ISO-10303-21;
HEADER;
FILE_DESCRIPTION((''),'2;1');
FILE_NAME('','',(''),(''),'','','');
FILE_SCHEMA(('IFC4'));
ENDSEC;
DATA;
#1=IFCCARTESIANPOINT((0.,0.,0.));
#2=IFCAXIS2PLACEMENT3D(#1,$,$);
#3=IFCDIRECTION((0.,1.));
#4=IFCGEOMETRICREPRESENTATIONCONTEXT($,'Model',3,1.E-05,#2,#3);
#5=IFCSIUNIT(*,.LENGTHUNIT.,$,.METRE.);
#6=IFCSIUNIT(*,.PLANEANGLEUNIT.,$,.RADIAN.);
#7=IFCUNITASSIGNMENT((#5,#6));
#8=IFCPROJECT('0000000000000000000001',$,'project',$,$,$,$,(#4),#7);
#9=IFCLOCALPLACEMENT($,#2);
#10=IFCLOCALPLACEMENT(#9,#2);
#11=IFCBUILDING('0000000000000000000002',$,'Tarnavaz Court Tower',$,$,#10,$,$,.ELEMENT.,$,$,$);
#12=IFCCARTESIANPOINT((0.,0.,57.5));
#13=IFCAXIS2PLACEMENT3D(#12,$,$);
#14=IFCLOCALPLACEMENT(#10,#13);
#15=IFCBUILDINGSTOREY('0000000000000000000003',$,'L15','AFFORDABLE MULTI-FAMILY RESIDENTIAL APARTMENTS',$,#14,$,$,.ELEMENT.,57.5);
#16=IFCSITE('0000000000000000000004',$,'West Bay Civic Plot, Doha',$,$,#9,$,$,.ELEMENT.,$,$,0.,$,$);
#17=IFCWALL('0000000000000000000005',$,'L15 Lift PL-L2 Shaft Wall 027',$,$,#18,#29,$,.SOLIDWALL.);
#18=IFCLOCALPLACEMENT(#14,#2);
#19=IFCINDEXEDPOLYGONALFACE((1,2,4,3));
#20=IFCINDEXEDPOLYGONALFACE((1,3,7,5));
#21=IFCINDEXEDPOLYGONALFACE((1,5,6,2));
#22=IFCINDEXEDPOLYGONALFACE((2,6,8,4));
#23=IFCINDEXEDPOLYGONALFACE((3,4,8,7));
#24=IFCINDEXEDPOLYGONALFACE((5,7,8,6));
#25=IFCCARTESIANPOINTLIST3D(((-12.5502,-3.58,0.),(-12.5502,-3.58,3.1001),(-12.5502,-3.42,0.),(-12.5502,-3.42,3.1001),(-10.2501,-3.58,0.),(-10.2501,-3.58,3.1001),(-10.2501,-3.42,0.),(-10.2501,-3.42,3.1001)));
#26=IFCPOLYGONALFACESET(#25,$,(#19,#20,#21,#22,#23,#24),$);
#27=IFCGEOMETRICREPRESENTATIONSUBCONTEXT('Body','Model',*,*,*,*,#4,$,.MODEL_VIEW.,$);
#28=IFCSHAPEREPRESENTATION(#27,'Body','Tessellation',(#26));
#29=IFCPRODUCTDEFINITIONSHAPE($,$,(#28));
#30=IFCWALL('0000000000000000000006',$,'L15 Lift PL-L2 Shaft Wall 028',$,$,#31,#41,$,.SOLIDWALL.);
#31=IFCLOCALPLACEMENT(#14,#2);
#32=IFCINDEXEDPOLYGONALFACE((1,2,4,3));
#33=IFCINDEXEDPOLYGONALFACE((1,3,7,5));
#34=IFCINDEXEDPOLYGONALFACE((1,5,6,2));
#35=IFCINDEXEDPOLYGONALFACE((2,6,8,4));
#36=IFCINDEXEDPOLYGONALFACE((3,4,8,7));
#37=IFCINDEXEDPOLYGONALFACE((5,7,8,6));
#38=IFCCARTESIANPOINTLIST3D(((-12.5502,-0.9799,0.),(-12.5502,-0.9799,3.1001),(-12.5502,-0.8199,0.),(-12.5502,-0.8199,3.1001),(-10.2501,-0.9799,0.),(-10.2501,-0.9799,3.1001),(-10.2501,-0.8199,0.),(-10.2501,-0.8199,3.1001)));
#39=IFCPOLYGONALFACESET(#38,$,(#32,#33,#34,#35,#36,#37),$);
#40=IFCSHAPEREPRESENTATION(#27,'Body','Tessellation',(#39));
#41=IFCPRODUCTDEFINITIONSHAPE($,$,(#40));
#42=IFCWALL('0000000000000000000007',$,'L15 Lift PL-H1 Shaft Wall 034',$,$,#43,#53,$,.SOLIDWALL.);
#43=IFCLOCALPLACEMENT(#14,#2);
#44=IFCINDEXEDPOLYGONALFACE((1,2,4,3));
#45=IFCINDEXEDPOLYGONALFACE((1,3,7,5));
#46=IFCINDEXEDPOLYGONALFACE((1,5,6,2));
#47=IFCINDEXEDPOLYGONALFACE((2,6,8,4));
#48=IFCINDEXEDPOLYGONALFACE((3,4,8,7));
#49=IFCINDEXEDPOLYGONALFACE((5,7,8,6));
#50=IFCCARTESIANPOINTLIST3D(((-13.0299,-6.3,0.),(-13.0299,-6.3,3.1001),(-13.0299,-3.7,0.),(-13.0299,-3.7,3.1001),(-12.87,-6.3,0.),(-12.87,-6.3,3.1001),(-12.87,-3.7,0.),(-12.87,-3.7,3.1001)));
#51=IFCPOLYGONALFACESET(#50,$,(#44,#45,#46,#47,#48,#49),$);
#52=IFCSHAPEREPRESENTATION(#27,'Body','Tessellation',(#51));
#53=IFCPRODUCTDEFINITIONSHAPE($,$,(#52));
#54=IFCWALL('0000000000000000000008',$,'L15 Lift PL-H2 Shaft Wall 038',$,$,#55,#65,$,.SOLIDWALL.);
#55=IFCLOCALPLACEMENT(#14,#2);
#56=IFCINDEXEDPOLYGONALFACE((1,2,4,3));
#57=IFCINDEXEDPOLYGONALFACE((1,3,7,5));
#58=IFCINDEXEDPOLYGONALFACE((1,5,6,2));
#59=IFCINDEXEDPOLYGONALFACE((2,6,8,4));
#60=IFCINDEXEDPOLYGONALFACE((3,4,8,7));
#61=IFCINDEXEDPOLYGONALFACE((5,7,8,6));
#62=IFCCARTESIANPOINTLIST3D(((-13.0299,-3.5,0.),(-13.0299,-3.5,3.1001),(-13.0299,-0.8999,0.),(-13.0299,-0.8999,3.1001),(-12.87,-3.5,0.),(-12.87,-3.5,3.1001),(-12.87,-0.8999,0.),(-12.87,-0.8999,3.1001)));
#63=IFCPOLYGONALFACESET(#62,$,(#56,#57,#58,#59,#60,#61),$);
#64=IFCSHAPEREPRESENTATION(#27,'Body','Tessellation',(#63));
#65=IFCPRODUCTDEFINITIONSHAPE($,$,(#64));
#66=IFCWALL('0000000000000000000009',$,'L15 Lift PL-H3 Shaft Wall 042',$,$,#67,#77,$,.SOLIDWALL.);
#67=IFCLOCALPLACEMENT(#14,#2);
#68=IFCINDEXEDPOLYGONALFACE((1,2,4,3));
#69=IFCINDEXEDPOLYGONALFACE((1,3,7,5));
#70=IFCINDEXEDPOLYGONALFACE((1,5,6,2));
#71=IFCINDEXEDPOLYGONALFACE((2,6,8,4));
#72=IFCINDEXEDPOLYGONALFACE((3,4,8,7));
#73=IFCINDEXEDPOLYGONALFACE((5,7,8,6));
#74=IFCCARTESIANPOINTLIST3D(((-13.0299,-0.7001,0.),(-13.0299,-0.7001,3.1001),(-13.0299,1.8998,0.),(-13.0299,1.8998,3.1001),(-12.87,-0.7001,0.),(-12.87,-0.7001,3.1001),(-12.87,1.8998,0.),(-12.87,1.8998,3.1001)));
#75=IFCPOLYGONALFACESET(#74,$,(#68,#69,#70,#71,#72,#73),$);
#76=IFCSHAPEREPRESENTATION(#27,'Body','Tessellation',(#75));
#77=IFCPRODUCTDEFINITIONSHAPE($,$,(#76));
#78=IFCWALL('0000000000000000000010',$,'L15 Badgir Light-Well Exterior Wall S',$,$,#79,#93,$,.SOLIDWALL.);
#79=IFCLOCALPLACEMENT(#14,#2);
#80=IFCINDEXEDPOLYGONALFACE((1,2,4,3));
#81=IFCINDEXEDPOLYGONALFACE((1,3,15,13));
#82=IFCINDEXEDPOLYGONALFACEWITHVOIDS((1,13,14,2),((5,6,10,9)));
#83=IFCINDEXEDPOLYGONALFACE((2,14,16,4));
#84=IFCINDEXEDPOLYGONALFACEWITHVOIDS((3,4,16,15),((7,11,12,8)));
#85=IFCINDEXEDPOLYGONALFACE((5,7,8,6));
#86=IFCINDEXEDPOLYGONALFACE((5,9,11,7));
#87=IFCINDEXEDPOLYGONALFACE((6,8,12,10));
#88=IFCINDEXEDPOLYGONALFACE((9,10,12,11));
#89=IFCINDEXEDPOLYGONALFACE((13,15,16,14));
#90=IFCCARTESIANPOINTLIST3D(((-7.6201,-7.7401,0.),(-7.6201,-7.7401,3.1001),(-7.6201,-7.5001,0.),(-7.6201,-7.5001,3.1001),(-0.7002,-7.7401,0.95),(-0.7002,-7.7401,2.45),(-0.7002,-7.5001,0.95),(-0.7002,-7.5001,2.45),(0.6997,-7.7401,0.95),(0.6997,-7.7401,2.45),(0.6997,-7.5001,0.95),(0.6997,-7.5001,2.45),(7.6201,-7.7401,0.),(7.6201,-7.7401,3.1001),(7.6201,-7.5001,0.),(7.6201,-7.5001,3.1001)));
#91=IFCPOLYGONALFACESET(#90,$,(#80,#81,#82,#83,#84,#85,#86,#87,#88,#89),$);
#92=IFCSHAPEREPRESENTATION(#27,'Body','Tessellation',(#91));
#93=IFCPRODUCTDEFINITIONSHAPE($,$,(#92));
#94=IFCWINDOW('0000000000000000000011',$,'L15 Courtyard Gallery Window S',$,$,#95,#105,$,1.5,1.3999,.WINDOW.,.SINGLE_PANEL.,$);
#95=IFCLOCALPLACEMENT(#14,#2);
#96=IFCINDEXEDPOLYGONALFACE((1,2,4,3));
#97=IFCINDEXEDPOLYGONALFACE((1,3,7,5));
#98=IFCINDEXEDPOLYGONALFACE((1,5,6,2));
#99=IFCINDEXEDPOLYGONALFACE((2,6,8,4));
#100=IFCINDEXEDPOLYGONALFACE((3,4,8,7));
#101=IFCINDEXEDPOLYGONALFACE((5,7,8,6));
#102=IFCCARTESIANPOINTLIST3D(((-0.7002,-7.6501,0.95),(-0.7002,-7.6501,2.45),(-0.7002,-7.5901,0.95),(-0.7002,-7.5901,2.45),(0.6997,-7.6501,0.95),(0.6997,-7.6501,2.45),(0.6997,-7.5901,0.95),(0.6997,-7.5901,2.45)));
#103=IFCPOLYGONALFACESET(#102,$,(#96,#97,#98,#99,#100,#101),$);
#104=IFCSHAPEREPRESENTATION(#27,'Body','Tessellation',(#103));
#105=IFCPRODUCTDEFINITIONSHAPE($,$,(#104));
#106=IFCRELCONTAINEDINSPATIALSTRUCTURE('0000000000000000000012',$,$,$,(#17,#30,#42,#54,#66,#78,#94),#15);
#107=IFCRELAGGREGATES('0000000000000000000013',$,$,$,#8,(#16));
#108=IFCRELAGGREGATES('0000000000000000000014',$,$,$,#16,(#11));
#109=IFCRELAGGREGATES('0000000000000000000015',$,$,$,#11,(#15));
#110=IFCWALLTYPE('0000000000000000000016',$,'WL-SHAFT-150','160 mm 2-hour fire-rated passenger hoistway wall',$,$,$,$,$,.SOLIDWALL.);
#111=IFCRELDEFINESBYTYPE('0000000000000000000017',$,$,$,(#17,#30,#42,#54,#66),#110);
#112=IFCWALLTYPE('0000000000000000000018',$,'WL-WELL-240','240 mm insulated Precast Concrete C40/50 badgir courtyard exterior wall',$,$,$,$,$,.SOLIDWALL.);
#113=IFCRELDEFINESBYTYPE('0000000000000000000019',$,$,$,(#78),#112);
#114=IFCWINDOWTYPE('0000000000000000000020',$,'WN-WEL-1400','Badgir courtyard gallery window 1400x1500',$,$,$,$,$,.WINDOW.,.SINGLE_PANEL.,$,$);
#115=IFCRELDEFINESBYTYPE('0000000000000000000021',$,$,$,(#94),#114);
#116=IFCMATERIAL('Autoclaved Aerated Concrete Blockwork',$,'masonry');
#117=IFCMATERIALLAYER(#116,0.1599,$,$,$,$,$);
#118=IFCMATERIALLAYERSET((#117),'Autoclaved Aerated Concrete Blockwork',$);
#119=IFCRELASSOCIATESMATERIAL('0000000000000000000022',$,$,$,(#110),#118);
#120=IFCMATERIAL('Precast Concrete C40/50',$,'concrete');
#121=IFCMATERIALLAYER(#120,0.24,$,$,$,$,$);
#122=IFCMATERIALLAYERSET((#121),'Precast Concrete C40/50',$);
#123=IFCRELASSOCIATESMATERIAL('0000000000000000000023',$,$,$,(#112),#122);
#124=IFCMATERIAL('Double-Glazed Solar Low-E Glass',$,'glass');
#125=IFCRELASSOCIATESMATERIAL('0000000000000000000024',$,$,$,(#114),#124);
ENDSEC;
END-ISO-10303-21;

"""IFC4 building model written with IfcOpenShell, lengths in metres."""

from ifc_helpers import new_model, si_unit, direction, frame, frame_2d, origin, place, context, subcontext, project, spatial, rectangle, extrude, material, layer, layer_set, type_object, element, fill, save


model = new_model("IFC4")

# Units and contexts
model_context = context("Model", 3, precision=1e-05, world=origin(), true_north=direction((0.0, 1.0)))
body_context = subcontext(model_context, "Body", "Model", "MODEL_VIEW")
ifc_project = project(units=[si_unit("LENGTHUNIT", "METRE"), si_unit("PLANEANGLEUNIT", "RADIAN")], contexts=[model_context])

# Site, building, storey
site_placement = place(None, origin())
site = spatial("IfcSite", under=ifc_project, at=site_placement, Name="West Bay Civic Plot, Doha", CompositionType="ELEMENT", RefElevation=0.0)
building_placement = place(site_placement, origin())
building = spatial("IfcBuilding", under=site, at=building_placement, Name="Tarnavaz Court Tower", CompositionType="ELEMENT")
storey_placement = place(building_placement, frame((0.0, 0.0, 57.5)))
storey = spatial("IfcBuildingStorey", under=building, at=storey_placement, Name="L15", Description="AFFORDABLE MULTI-FAMILY RESIDENTIAL APARTMENTS", CompositionType="ELEMENT", Elevation=57.5)

# Shared definitions
ifc_material_1 = material(Name="Autoclaved Aerated Concrete Blockwork", Category="masonry")
ifc_layer_1 = layer(ifc_material_1, 0.1599)
ifc_layer_set_1 = layer_set([ifc_layer_1], Name="Autoclaved Aerated Concrete Blockwork")
wall_type_1 = type_object("IfcWallType", Name="WL-SHAFT-150", Description="160 mm 2-hour fire-rated passenger hoistway wall", PredefinedType="SOLIDWALL", material=ifc_layer_set_1)

# Walls
for number, where, z_axis, x_axis, name in (
    (1, (-12.55, -3.5, 0.0), (0.0, 0.0, 1.0), (1.0, 0.0, 0.0), "L15 Lift PL-L2 Shaft Wall 027"),
    (2, (-12.55, -0.8999, 0.0), (0.0, 0.0, 1.0), (1.0, 0.0, 0.0), "L15 Lift PL-L2 Shaft Wall 028"),
):
    element("IfcWall", number, at=place(storey_placement, frame(where, z_axis=z_axis, x_axis=x_axis)), inside=storey, type_object=wall_type_1, Name=name, PredefinedType="SOLIDWALL", context=body_context, shape_type="SweptSolid", body=[
        extrude(rectangle(XDim=2.3, YDim=0.1599, at=frame_2d((1.1499, 0.0))), origin(), (0.0, 0.0, 1.0), 3.1001),
    ])
for number, where, z_axis, x_axis, name in (
    (3, (-12.95, -6.3, 0.0), (0.0, 0.0, 1.0), (0.0, 1.0, 0.0), "L15 Lift PL-H1 Shaft Wall 034"),
    (4, (-12.95, -3.5, 0.0), (0.0, 0.0, 1.0), (0.0, 1.0, 0.0), "L15 Lift PL-H2 Shaft Wall 038"),
):
    element("IfcWall", number, at=place(storey_placement, frame(where, z_axis=z_axis, x_axis=x_axis)), inside=storey, type_object=wall_type_1, Name=name, PredefinedType="SOLIDWALL", context=body_context, shape_type="SweptSolid", body=[
        extrude(rectangle(XDim=2.6001, YDim=0.1599, at=frame_2d((1.3, 0.0))), origin(), (0.0, 0.0, 1.0), 3.1001),
    ])
wall_1_placement = place(storey_placement, frame((-12.95, -0.7, 0.0), z_axis=(0.0, 0.0, 1.0), x_axis=(0.0, 1.0, 0.0)))
element("IfcWall", 5, at=wall_1_placement, inside=storey, type_object=wall_type_1, Name="L15 Lift PL-H3 Shaft Wall 042", PredefinedType="SOLIDWALL", context=body_context, shape_type="SweptSolid", body=[
    extrude(rectangle(XDim=2.5999, YDim=0.1599, at=frame_2d((1.2998, 0.0))), origin(), (0.0, 0.0, 1.0), 3.1001),
])

# Wall, opening, window
ifc_material_2 = material(Name="Precast Concrete C40/50", Category="concrete")
ifc_layer_2 = layer(ifc_material_2, 0.24)
ifc_layer_set_2 = layer_set([ifc_layer_2], Name="Precast Concrete C40/50")
wall_type_2 = type_object("IfcWallType", Name="WL-WELL-240", Description="240 mm insulated Precast Concrete C40/50 badgir courtyard exterior wall", PredefinedType="SOLIDWALL", material=ifc_layer_set_2)
wall_2_placement = place(storey_placement, frame((-7.6201, -7.6201, 0.0), z_axis=(0.0, 0.0, 1.0), x_axis=(1.0, 0.0, 0.0)))
wall_2 = element("IfcWall", 6, at=wall_2_placement, inside=storey, type_object=wall_type_2, Name="L15 Badgir Light-Well Exterior Wall S", PredefinedType="SOLIDWALL", context=body_context, shape_type="SweptSolid", body=[
    extrude(rectangle(XDim=15.2402, YDim=0.24, at=frame_2d((7.6201, 0.0))), origin(), (0.0, 0.0, 1.0), 3.1001),
])
opening_1_placement = place(wall_2_placement, frame((6.9199, 0.0, 0.95)))
opening_1 = element("IfcOpeningElement", 7, at=opening_1_placement, cuts=wall_2, PredefinedType="OPENING", context=body_context, shape_type="SweptSolid", body=[
    extrude(rectangle(XDim=1.3999, YDim=1.5, at=frame_2d((0.7, 0.75))), frame((0.0, 0.1299, 0.0), z_axis=(0.0, -1.0, 0.0), x_axis=(1.0, 0.0, 0.0)), (0.0, 0.0, 1.0), 0.26),
])
ifc_material_3 = material(Name="Double-Glazed Solar Low-E Glass", Category="glass")
window_type = type_object("IfcWindowType", Name="WN-WEL-1400", Description="Badgir courtyard gallery window 1400x1500", PartitioningType="SINGLE_PANEL", PredefinedType="WINDOW", material=ifc_material_3)
window_placement = place(opening_1_placement, origin())
window = element("IfcWindow", 8, at=window_placement, inside=storey, type_object=window_type, Name="L15 Courtyard Gallery Window S", OverallHeight=1.5, OverallWidth=1.3999, PartitioningType="SINGLE_PANEL", PredefinedType="WINDOW", context=body_context, shape_type="SweptSolid", body=[
    extrude(rectangle(XDim=1.3999, YDim=1.5, at=frame_2d((0.7, 0.75))), frame((0.0, 0.03, 0.0), z_axis=(0.0, -1.0, 0.0), x_axis=(1.0, 0.0, 0.0)), (0.0, 0.0, 1.0), 0.0601),
])
fill(opening_1, window)

save(model, "model.ifc")
